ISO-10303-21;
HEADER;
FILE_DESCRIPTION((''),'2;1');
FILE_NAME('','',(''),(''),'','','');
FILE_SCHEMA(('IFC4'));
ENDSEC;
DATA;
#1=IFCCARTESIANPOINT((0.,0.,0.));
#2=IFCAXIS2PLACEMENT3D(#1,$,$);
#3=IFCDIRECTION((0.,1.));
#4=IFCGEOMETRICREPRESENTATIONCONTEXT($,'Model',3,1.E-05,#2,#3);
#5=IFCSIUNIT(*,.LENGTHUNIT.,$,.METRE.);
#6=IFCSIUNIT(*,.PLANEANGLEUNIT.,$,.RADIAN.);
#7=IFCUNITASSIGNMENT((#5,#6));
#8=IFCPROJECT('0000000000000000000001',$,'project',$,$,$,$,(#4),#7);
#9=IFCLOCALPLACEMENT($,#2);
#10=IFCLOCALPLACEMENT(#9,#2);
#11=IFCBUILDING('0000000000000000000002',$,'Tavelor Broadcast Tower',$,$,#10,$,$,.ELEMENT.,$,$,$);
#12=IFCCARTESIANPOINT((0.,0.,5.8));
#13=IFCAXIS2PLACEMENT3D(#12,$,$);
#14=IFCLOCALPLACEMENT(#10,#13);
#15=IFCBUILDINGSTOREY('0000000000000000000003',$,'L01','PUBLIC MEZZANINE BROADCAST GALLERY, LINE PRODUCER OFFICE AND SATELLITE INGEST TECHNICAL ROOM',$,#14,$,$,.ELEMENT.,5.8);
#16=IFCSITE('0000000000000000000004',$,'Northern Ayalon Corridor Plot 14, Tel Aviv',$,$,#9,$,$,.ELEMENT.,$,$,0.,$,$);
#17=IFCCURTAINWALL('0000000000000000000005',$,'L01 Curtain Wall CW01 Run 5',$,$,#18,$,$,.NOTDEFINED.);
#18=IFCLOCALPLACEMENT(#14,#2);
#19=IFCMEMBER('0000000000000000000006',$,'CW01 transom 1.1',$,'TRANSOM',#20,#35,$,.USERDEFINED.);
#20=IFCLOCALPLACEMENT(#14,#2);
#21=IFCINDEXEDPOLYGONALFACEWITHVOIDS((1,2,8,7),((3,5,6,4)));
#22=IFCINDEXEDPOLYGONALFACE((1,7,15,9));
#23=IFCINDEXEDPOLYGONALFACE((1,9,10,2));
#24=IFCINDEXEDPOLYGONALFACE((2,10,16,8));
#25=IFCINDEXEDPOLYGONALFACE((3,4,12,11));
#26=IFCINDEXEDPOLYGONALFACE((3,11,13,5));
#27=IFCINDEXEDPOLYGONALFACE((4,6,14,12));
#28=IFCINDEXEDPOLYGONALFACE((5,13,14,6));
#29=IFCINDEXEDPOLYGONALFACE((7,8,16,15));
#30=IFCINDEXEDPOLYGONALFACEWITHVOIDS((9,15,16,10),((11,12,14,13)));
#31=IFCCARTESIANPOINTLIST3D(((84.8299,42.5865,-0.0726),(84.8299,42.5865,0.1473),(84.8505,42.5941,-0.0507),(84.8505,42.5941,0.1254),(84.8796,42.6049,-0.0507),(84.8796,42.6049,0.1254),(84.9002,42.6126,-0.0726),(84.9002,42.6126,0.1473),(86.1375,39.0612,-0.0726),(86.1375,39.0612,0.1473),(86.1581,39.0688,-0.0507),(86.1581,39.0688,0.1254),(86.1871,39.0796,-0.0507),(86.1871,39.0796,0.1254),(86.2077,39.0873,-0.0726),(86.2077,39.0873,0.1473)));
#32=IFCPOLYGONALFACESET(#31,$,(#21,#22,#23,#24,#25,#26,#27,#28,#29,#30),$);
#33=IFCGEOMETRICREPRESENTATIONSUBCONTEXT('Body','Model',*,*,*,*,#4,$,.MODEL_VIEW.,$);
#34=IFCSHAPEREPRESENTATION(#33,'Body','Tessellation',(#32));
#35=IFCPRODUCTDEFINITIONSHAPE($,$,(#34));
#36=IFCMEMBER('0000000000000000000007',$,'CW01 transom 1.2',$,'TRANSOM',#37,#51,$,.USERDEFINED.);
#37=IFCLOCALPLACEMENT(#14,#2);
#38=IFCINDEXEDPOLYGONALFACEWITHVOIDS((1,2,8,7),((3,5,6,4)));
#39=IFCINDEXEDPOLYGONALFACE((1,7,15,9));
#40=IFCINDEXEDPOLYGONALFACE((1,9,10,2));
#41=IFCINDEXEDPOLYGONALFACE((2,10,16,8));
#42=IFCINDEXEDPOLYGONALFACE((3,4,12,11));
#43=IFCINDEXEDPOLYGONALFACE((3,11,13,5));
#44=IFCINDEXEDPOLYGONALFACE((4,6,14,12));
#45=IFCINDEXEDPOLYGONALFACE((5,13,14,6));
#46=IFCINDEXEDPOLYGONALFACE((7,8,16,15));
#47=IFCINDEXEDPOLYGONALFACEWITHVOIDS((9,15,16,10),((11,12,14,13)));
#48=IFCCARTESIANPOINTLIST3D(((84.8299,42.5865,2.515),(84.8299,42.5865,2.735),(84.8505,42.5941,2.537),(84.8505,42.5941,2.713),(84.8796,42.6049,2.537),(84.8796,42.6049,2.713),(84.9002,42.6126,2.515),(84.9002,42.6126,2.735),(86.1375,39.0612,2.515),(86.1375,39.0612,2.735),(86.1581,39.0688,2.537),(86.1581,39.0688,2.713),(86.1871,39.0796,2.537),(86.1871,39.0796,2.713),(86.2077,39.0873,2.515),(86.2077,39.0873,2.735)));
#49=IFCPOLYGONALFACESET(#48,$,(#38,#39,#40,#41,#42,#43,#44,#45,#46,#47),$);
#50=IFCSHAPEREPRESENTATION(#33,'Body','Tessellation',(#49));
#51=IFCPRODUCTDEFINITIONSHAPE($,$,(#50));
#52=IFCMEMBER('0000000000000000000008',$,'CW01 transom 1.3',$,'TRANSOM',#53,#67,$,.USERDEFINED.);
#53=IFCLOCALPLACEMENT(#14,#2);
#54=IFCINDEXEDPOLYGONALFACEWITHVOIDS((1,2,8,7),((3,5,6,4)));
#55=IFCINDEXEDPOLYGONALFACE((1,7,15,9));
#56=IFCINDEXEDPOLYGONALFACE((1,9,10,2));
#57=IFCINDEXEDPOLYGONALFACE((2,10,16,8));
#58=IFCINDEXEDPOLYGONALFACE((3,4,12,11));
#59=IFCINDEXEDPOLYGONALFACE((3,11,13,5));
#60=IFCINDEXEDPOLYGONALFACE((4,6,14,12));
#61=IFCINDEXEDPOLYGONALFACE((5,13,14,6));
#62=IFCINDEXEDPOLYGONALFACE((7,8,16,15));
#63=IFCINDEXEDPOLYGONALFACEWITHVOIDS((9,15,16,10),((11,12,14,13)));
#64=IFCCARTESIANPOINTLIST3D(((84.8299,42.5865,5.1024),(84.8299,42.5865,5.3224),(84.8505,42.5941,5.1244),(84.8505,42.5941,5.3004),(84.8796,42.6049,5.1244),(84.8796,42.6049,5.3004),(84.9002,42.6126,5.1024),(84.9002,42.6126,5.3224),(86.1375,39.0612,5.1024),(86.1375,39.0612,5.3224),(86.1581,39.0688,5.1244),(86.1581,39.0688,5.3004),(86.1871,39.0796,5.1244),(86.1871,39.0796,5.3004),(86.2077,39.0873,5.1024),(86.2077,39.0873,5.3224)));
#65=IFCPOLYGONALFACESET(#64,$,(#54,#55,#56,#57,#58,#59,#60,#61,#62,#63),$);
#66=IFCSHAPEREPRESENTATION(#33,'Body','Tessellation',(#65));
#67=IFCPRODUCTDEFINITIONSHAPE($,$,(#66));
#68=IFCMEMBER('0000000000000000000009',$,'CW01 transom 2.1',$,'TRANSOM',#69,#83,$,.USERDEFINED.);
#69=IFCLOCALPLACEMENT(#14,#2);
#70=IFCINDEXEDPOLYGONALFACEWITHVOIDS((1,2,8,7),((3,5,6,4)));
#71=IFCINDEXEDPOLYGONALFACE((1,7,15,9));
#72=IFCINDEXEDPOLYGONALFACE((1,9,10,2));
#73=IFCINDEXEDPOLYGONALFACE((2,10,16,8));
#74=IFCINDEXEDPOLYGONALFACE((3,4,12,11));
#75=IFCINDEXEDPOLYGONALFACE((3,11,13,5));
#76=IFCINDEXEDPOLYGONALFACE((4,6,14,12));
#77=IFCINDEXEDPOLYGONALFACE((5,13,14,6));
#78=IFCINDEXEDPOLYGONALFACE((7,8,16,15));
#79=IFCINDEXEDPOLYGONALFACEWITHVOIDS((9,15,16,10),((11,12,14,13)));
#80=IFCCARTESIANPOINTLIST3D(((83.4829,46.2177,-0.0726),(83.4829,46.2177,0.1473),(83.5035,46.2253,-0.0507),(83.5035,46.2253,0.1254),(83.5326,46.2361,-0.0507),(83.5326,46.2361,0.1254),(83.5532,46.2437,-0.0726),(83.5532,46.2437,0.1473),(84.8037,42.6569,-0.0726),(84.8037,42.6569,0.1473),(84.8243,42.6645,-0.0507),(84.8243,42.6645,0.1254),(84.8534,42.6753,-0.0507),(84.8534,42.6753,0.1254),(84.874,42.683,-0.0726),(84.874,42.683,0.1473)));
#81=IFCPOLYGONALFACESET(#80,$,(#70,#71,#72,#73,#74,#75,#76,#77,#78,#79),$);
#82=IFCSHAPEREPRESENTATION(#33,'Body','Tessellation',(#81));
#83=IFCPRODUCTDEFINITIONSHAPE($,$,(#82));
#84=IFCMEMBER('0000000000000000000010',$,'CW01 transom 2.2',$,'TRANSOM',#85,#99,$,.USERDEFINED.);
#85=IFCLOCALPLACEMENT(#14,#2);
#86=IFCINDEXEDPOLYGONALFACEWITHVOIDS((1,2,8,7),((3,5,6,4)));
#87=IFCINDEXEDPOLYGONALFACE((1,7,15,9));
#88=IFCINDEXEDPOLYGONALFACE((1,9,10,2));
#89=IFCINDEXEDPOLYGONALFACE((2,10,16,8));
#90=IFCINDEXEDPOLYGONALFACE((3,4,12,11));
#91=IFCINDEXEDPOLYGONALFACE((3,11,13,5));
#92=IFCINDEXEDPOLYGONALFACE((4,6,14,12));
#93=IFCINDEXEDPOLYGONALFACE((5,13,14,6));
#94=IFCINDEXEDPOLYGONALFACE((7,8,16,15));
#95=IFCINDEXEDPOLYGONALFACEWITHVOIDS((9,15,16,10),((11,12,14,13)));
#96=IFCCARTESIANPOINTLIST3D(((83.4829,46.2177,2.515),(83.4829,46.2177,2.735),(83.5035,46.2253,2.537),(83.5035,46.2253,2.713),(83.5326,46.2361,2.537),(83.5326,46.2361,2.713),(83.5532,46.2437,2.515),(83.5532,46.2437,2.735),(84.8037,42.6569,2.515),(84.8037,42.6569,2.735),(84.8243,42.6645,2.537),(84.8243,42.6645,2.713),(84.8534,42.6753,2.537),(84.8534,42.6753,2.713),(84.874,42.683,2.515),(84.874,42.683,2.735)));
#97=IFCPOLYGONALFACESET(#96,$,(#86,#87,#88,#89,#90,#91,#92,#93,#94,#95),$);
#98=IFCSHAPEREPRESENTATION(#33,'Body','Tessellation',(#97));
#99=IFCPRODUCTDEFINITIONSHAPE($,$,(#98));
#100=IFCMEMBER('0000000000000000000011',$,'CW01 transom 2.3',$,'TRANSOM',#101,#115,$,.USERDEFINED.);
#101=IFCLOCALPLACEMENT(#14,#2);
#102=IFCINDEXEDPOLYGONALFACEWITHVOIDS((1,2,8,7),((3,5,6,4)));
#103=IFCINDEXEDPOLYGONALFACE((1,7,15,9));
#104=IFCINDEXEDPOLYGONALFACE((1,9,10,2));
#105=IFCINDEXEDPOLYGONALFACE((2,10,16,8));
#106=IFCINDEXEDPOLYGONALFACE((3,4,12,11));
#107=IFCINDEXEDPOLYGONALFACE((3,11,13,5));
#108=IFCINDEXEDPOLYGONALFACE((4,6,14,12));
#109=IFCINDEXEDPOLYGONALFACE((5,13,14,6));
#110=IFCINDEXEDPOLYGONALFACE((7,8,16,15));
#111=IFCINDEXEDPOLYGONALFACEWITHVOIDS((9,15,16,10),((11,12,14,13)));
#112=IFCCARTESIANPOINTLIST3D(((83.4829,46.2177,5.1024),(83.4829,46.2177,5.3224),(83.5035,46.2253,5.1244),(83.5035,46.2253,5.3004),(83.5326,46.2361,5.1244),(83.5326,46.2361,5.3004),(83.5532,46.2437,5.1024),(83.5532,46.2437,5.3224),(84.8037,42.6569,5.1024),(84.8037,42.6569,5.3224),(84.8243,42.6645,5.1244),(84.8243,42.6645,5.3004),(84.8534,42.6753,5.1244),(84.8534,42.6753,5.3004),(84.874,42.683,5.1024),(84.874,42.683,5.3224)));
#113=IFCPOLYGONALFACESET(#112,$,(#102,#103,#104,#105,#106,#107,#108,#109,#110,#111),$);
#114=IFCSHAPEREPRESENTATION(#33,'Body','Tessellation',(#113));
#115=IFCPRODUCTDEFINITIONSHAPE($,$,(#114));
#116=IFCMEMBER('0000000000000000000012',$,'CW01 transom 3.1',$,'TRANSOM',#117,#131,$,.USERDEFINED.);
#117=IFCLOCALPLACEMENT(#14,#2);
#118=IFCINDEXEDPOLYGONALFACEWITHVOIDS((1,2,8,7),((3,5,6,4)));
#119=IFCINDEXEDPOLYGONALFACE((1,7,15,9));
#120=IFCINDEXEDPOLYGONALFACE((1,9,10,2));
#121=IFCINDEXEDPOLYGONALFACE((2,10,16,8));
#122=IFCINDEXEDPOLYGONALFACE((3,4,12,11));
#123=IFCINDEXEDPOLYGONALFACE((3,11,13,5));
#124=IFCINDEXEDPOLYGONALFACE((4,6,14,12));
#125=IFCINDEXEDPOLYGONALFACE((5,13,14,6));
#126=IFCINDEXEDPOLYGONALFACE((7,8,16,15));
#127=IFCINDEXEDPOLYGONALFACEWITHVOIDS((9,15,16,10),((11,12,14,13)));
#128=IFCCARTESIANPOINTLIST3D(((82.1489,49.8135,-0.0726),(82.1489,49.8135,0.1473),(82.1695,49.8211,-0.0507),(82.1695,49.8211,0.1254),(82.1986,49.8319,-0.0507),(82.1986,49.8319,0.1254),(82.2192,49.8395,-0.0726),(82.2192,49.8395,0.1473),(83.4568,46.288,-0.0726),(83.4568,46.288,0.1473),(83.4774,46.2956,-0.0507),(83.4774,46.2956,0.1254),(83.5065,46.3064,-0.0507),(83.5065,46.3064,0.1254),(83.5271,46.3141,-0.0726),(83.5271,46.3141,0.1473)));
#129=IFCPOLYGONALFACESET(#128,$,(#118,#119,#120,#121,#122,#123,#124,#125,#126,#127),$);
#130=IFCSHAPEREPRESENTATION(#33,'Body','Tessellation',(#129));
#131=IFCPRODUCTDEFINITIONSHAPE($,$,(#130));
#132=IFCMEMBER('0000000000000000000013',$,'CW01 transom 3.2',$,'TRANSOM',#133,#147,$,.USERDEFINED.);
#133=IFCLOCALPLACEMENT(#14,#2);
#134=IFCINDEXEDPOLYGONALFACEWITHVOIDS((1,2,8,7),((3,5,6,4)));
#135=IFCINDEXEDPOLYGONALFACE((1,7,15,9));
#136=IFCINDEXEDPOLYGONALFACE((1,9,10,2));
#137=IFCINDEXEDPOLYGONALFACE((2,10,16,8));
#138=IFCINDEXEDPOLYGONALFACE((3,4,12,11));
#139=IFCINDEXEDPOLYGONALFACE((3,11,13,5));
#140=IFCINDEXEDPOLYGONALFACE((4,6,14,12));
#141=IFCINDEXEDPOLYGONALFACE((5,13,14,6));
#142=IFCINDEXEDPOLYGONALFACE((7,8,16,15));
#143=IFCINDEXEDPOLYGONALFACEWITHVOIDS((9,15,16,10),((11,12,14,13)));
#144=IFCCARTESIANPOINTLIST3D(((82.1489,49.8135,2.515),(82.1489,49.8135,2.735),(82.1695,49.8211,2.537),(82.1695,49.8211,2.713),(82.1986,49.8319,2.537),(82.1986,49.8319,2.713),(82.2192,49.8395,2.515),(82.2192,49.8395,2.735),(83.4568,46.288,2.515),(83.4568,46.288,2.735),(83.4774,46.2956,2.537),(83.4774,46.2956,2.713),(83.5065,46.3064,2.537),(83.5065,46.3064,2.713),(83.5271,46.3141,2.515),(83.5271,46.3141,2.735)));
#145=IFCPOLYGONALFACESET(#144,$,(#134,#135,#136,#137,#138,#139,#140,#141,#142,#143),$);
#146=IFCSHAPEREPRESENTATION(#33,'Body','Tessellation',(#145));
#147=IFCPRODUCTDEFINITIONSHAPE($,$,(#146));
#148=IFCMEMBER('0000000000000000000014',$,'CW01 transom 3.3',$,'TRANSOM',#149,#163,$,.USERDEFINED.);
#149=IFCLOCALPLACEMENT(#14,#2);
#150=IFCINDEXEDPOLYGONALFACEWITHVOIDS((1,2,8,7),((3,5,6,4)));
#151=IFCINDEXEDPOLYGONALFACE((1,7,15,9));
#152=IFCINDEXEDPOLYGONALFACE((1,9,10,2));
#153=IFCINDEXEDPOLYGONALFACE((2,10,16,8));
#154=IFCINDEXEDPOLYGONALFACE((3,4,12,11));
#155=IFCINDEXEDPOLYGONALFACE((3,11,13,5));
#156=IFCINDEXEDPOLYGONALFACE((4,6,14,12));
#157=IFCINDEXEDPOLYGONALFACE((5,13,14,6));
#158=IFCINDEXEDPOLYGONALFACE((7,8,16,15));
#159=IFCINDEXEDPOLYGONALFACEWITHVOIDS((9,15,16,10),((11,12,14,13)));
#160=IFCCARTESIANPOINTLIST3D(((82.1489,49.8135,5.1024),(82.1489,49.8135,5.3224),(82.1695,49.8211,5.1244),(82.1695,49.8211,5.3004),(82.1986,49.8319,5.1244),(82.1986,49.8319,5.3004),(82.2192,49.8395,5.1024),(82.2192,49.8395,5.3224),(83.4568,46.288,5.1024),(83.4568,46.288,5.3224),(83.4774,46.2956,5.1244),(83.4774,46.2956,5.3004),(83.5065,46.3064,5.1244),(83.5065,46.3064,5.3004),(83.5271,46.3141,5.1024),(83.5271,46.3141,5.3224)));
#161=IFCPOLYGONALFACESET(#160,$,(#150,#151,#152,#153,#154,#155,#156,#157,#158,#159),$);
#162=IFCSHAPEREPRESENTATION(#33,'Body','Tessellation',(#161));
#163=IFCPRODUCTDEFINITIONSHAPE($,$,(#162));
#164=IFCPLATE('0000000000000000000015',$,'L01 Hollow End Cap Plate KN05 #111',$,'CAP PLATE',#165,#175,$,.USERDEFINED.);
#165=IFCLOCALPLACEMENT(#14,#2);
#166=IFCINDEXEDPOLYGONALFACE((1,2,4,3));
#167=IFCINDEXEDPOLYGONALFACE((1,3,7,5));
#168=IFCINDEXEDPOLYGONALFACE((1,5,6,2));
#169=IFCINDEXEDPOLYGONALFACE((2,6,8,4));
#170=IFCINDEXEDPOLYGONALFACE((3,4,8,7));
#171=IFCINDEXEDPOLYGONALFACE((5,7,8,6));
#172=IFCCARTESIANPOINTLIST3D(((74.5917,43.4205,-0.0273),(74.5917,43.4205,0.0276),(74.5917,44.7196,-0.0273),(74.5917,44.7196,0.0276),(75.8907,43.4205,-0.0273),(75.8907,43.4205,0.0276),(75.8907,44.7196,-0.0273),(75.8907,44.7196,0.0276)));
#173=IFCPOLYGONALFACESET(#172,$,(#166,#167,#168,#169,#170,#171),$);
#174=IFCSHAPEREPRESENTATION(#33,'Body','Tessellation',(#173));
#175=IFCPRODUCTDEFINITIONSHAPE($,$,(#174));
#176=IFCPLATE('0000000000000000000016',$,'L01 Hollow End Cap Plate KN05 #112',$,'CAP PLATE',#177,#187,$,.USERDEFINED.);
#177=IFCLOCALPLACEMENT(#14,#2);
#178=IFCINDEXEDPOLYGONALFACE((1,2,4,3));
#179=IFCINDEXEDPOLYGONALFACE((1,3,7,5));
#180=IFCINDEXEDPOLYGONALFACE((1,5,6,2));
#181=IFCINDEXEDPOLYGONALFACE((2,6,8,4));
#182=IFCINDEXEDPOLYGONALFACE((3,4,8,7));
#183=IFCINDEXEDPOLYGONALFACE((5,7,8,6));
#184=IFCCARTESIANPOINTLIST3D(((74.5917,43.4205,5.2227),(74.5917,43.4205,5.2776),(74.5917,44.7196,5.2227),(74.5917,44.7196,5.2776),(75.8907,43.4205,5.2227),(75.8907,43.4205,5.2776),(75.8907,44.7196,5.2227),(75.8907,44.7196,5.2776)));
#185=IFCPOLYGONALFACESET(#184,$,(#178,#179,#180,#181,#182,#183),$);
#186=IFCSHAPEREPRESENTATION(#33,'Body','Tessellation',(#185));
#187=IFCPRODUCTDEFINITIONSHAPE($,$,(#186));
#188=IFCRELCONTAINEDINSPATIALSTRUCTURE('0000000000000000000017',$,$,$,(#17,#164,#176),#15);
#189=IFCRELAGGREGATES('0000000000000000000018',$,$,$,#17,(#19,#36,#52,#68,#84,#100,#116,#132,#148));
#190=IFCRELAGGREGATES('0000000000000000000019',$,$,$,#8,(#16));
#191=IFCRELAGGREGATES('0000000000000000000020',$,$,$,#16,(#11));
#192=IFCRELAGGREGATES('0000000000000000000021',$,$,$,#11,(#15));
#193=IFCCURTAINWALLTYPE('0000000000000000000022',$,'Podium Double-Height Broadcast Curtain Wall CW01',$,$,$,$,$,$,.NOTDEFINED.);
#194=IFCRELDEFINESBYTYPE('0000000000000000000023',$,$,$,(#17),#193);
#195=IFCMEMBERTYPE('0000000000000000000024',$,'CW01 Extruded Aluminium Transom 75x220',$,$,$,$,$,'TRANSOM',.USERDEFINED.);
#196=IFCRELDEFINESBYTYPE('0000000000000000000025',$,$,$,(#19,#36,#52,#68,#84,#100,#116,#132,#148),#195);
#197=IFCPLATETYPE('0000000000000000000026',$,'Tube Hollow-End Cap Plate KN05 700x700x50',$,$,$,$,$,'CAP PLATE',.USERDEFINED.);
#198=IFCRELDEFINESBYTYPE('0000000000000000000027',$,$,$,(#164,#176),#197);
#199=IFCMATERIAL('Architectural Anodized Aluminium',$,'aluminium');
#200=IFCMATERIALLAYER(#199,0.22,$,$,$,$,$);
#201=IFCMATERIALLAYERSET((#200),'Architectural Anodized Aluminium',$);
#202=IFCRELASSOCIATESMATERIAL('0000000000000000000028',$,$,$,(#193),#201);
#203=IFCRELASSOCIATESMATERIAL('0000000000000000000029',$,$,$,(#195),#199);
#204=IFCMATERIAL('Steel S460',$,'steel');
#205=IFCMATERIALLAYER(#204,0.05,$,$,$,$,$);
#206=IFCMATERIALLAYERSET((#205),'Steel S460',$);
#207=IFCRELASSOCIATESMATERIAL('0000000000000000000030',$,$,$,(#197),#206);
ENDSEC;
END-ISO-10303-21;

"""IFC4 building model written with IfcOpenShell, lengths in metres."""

from ifc_helpers import new_model, si_unit, direction, frame, origin, origin_2d, place, context, subcontext, project, spatial, rectangle, hollow_rectangle, extrude, source, transform, mapped, material, layer, layer_set, material_profile, profile_set, type_object, type_shapes, element, aggregate, save


model = new_model("IFC4")

# Units and contexts
model_context = context("Model", 3, precision=1e-05, world=origin(), true_north=direction((0.0, 1.0)))
body_context = subcontext(model_context, "Body", "Model", "MODEL_VIEW")
ifc_project = project(units=[si_unit("LENGTHUNIT", "METRE"), si_unit("PLANEANGLEUNIT", "RADIAN")], contexts=[model_context])

# Site, building, storey
site_placement = place(None, origin())
site = spatial("IfcSite", under=ifc_project, at=site_placement, Name="Northern Ayalon Corridor Plot 14, Tel Aviv", CompositionType="ELEMENT", RefElevation=0.0)
building_placement = place(site_placement, origin())
building = spatial("IfcBuilding", under=site, at=building_placement, Name="Tavelor Broadcast Tower", CompositionType="ELEMENT")
storey_placement = place(building_placement, frame((0.0, 0.0, 5.8)))
storey = spatial("IfcBuildingStorey", under=building, at=storey_placement, Name="L01", Description="PUBLIC MEZZANINE BROADCAST GALLERY, LINE PRODUCER OFFICE AND SATELLITE INGEST TECHNICAL ROOM", CompositionType="ELEMENT", Elevation=5.8)

# Shared definitions
ifc_material_1 = material(Name="Steel S460", Category="steel")

# Curtain wall, members
ifc_material_2 = material(Name="Architectural Anodized Aluminium", Category="aluminium")
ifc_layer_1 = layer(ifc_material_2, 0.22)
ifc_layer_set_1 = layer_set([ifc_layer_1], Name="Architectural Anodized Aluminium")
curtain_wall_type = type_object("IfcCurtainWallType", Name="Podium Double-Height Broadcast Curtain Wall CW01", PredefinedType="NOTDEFINED", material=ifc_layer_set_1)
curtain_wall_placement = place(storey_placement, origin())
curtain_wall = element("IfcCurtainWall", 1, at=curtain_wall_placement, inside=storey, type_object=curtain_wall_type, Name="L01 Curtain Wall CW01 Run 5", PredefinedType="NOTDEFINED")
ifc_material_profile_1 = material_profile(ifc_material_2, hollow_rectangle(XDim=0.075, YDim=0.22, WallThickness=0.022, at=origin_2d()), Name="RHS 75x220x22")
ifc_profile_set_1 = profile_set([ifc_material_profile_1], Name="Architectural Anodized Aluminium")
member_type_1 = type_object("IfcMemberType", Name="CW01 Extruded Aluminium Transom 75x220", ElementType="TRANSOM", PredefinedType="USERDEFINED", material=ifc_profile_set_1)
shared_shape_1 = source(origin(), body_context, "Body", "SweptSolid", [
    extrude(hollow_rectangle(XDim=0.075, YDim=0.22, WallThickness=0.022, at=origin_2d()), origin(), (0.0, 0.0, 1.0), 3.76),
])
member_1_placement = place(storey_placement, frame((86.1726, 39.0742, 0.0374), z_axis=(-0.347763, 0.937583, 0.0), x_axis=(-0.937583, -0.347763, 0.0)))
member_1 = element("IfcMember", 2, at=member_1_placement, type_object=member_type_1, Name="CW01 transom 1.1", ObjectType="TRANSOM", PredefinedType="USERDEFINED", context=body_context, shape_type="MappedRepresentation", body=[
    mapped(shared_shape_1, transform((0.0, 0.0, 0.0), scale=1.0)),
])
member_2_placement = place(storey_placement, frame((86.1726, 39.0742, 2.625), z_axis=(-0.347763, 0.937583, 0.0), x_axis=(-0.937583, -0.347763, 0.0)))
member_2 = element("IfcMember", 3, at=member_2_placement, type_object=member_type_1, Name="CW01 transom 1.2", ObjectType="TRANSOM", PredefinedType="USERDEFINED", context=body_context, shape_type="MappedRepresentation", body=[
    mapped(shared_shape_1, transform((0.0, 0.0, 0.0), scale=1.0)),
])
member_3_placement = place(storey_placement, frame((86.1726, 39.0742, 5.2124), z_axis=(-0.347763, 0.937583, 0.0), x_axis=(-0.937583, -0.347763, 0.0)))
member_3 = element("IfcMember", 4, at=member_3_placement, type_object=member_type_1, Name="CW01 transom 1.3", ObjectType="TRANSOM", PredefinedType="USERDEFINED", context=body_context, shape_type="MappedRepresentation", body=[
    mapped(shared_shape_1, transform((0.0, 0.0, 0.0), scale=1.0)),
])
shared_shape_2 = source(origin(), body_context, "Body", "SweptSolid", [
    extrude(hollow_rectangle(XDim=0.075, YDim=0.22, WallThickness=0.022, at=origin_2d()), origin(), (0.0, 0.0, 1.0), 3.7979),
])
member_4_placement = place(storey_placement, frame((84.8389, 42.6699, 0.0374), z_axis=(-0.347775, 0.937578, 0.0), x_axis=(-0.937578, -0.347775, 0.0)))
member_4 = element("IfcMember", 5, at=member_4_placement, type_object=member_type_1, Name="CW01 transom 2.1", ObjectType="TRANSOM", PredefinedType="USERDEFINED", context=body_context, shape_type="MappedRepresentation", body=[
    mapped(shared_shape_2, transform((0.0, 0.0, 0.0), scale=1.0)),
])
member_5_placement = place(storey_placement, frame((84.8389, 42.6699, 2.625), z_axis=(-0.347775, 0.937578, 0.0), x_axis=(-0.937578, -0.347775, 0.0)))
member_5 = element("IfcMember", 6, at=member_5_placement, type_object=member_type_1, Name="CW01 transom 2.2", ObjectType="TRANSOM", PredefinedType="USERDEFINED", context=body_context, shape_type="MappedRepresentation", body=[
    mapped(shared_shape_2, transform((0.0, 0.0, 0.0), scale=1.0)),
])
member_6_placement = place(storey_placement, frame((84.8389, 42.6699, 5.2124), z_axis=(-0.347775, 0.937578, 0.0), x_axis=(-0.937578, -0.347775, 0.0)))
member_6 = element("IfcMember", 7, at=member_6_placement, type_object=member_type_1, Name="CW01 transom 2.3", ObjectType="TRANSOM", PredefinedType="USERDEFINED", context=body_context, shape_type="MappedRepresentation", body=[
    mapped(shared_shape_2, transform((0.0, 0.0, 0.0), scale=1.0)),
])
shared_shape_3 = source(origin(), body_context, "Body", "SweptSolid", [
    extrude(hollow_rectangle(XDim=0.075, YDim=0.22, WallThickness=0.022, at=origin_2d()), origin(), (0.0, 0.0, 1.0), 3.7603),
])
type_shapes(member_type_1, [shared_shape_1, shared_shape_2, shared_shape_3])
member_7_placement = place(storey_placement, frame((83.4919, 46.301, 0.0374), z_axis=(-0.34782, 0.937561, 0.0), x_axis=(-0.937561, -0.34782, 0.0)))
member_7 = element("IfcMember", 8, at=member_7_placement, type_object=member_type_1, Name="CW01 transom 3.1", ObjectType="TRANSOM", PredefinedType="USERDEFINED", context=body_context, shape_type="MappedRepresentation", body=[
    mapped(shared_shape_3, transform((0.0, 0.0, 0.0), scale=1.0)),
])
member_8_placement = place(storey_placement, frame((83.4919, 46.301, 2.625), z_axis=(-0.34782, 0.937561, 0.0), x_axis=(-0.937561, -0.34782, 0.0)))
member_8 = element("IfcMember", 9, at=member_8_placement, type_object=member_type_1, Name="CW01 transom 3.2", ObjectType="TRANSOM", PredefinedType="USERDEFINED", context=body_context, shape_type="MappedRepresentation", body=[
    mapped(shared_shape_3, transform((0.0, 0.0, 0.0), scale=1.0)),
])
member_9_placement = place(storey_placement, frame((83.4919, 46.301, 5.2124), z_axis=(-0.34782, 0.937561, 0.0), x_axis=(-0.937561, -0.34782, 0.0)))
member_9 = element("IfcMember", 10, at=member_9_placement, type_object=member_type_1, Name="CW01 transom 3.3", ObjectType="TRANSOM", PredefinedType="USERDEFINED", context=body_context, shape_type="MappedRepresentation", body=[
    mapped(shared_shape_3, transform((0.0, 0.0, 0.0), scale=1.0)),
])

# Plates
ifc_layer_2 = layer(ifc_material_1, 0.05)
ifc_layer_set_2 = layer_set([ifc_layer_2], Name="Steel S460")
plate_type_1 = type_object("IfcPlateType", Name="Tube Hollow-End Cap Plate KN05 700x700x50", ElementType="CAP PLATE", PredefinedType="USERDEFINED", material=ifc_layer_set_2)
shared_shape_4 = source(origin(), body_context, "Body", "SweptSolid", [
    extrude(rectangle(XDim=1.2991, YDim=1.2991, at=origin_2d()), origin(), (0.0, 0.0, 1.0), 0.0549),
])
type_shapes(plate_type_1, [shared_shape_4])
for number, where, z_axis, x_axis, name in (
    (11, (75.2412, 44.0701, -0.0273), (0.0, 0.0, 1.0), (1.0, 0.0, 0.0), "L01 Hollow End Cap Plate KN05 #111"),
    (12, (75.2412, 44.0701, 5.2227), (0.0, 0.0, 1.0), (1.0, 0.0, 0.0), "L01 Hollow End Cap Plate KN05 #112"),
):
    element("IfcPlate", number, at=place(storey_placement, frame(where, z_axis=z_axis, x_axis=x_axis)), inside=storey, type_object=plate_type_1, Name=name, ObjectType="CAP PLATE", PredefinedType="USERDEFINED", context=body_context, shape_type="MappedRepresentation", body=[
        mapped(shared_shape_4, transform((0.0, 0.0, 0.0), scale=1.0)),
    ])

aggregate(curtain_wall, [member_1, member_2, member_3, member_4, member_5, member_6, member_7, member_8, member_9])

save(model, "model.ifc")
